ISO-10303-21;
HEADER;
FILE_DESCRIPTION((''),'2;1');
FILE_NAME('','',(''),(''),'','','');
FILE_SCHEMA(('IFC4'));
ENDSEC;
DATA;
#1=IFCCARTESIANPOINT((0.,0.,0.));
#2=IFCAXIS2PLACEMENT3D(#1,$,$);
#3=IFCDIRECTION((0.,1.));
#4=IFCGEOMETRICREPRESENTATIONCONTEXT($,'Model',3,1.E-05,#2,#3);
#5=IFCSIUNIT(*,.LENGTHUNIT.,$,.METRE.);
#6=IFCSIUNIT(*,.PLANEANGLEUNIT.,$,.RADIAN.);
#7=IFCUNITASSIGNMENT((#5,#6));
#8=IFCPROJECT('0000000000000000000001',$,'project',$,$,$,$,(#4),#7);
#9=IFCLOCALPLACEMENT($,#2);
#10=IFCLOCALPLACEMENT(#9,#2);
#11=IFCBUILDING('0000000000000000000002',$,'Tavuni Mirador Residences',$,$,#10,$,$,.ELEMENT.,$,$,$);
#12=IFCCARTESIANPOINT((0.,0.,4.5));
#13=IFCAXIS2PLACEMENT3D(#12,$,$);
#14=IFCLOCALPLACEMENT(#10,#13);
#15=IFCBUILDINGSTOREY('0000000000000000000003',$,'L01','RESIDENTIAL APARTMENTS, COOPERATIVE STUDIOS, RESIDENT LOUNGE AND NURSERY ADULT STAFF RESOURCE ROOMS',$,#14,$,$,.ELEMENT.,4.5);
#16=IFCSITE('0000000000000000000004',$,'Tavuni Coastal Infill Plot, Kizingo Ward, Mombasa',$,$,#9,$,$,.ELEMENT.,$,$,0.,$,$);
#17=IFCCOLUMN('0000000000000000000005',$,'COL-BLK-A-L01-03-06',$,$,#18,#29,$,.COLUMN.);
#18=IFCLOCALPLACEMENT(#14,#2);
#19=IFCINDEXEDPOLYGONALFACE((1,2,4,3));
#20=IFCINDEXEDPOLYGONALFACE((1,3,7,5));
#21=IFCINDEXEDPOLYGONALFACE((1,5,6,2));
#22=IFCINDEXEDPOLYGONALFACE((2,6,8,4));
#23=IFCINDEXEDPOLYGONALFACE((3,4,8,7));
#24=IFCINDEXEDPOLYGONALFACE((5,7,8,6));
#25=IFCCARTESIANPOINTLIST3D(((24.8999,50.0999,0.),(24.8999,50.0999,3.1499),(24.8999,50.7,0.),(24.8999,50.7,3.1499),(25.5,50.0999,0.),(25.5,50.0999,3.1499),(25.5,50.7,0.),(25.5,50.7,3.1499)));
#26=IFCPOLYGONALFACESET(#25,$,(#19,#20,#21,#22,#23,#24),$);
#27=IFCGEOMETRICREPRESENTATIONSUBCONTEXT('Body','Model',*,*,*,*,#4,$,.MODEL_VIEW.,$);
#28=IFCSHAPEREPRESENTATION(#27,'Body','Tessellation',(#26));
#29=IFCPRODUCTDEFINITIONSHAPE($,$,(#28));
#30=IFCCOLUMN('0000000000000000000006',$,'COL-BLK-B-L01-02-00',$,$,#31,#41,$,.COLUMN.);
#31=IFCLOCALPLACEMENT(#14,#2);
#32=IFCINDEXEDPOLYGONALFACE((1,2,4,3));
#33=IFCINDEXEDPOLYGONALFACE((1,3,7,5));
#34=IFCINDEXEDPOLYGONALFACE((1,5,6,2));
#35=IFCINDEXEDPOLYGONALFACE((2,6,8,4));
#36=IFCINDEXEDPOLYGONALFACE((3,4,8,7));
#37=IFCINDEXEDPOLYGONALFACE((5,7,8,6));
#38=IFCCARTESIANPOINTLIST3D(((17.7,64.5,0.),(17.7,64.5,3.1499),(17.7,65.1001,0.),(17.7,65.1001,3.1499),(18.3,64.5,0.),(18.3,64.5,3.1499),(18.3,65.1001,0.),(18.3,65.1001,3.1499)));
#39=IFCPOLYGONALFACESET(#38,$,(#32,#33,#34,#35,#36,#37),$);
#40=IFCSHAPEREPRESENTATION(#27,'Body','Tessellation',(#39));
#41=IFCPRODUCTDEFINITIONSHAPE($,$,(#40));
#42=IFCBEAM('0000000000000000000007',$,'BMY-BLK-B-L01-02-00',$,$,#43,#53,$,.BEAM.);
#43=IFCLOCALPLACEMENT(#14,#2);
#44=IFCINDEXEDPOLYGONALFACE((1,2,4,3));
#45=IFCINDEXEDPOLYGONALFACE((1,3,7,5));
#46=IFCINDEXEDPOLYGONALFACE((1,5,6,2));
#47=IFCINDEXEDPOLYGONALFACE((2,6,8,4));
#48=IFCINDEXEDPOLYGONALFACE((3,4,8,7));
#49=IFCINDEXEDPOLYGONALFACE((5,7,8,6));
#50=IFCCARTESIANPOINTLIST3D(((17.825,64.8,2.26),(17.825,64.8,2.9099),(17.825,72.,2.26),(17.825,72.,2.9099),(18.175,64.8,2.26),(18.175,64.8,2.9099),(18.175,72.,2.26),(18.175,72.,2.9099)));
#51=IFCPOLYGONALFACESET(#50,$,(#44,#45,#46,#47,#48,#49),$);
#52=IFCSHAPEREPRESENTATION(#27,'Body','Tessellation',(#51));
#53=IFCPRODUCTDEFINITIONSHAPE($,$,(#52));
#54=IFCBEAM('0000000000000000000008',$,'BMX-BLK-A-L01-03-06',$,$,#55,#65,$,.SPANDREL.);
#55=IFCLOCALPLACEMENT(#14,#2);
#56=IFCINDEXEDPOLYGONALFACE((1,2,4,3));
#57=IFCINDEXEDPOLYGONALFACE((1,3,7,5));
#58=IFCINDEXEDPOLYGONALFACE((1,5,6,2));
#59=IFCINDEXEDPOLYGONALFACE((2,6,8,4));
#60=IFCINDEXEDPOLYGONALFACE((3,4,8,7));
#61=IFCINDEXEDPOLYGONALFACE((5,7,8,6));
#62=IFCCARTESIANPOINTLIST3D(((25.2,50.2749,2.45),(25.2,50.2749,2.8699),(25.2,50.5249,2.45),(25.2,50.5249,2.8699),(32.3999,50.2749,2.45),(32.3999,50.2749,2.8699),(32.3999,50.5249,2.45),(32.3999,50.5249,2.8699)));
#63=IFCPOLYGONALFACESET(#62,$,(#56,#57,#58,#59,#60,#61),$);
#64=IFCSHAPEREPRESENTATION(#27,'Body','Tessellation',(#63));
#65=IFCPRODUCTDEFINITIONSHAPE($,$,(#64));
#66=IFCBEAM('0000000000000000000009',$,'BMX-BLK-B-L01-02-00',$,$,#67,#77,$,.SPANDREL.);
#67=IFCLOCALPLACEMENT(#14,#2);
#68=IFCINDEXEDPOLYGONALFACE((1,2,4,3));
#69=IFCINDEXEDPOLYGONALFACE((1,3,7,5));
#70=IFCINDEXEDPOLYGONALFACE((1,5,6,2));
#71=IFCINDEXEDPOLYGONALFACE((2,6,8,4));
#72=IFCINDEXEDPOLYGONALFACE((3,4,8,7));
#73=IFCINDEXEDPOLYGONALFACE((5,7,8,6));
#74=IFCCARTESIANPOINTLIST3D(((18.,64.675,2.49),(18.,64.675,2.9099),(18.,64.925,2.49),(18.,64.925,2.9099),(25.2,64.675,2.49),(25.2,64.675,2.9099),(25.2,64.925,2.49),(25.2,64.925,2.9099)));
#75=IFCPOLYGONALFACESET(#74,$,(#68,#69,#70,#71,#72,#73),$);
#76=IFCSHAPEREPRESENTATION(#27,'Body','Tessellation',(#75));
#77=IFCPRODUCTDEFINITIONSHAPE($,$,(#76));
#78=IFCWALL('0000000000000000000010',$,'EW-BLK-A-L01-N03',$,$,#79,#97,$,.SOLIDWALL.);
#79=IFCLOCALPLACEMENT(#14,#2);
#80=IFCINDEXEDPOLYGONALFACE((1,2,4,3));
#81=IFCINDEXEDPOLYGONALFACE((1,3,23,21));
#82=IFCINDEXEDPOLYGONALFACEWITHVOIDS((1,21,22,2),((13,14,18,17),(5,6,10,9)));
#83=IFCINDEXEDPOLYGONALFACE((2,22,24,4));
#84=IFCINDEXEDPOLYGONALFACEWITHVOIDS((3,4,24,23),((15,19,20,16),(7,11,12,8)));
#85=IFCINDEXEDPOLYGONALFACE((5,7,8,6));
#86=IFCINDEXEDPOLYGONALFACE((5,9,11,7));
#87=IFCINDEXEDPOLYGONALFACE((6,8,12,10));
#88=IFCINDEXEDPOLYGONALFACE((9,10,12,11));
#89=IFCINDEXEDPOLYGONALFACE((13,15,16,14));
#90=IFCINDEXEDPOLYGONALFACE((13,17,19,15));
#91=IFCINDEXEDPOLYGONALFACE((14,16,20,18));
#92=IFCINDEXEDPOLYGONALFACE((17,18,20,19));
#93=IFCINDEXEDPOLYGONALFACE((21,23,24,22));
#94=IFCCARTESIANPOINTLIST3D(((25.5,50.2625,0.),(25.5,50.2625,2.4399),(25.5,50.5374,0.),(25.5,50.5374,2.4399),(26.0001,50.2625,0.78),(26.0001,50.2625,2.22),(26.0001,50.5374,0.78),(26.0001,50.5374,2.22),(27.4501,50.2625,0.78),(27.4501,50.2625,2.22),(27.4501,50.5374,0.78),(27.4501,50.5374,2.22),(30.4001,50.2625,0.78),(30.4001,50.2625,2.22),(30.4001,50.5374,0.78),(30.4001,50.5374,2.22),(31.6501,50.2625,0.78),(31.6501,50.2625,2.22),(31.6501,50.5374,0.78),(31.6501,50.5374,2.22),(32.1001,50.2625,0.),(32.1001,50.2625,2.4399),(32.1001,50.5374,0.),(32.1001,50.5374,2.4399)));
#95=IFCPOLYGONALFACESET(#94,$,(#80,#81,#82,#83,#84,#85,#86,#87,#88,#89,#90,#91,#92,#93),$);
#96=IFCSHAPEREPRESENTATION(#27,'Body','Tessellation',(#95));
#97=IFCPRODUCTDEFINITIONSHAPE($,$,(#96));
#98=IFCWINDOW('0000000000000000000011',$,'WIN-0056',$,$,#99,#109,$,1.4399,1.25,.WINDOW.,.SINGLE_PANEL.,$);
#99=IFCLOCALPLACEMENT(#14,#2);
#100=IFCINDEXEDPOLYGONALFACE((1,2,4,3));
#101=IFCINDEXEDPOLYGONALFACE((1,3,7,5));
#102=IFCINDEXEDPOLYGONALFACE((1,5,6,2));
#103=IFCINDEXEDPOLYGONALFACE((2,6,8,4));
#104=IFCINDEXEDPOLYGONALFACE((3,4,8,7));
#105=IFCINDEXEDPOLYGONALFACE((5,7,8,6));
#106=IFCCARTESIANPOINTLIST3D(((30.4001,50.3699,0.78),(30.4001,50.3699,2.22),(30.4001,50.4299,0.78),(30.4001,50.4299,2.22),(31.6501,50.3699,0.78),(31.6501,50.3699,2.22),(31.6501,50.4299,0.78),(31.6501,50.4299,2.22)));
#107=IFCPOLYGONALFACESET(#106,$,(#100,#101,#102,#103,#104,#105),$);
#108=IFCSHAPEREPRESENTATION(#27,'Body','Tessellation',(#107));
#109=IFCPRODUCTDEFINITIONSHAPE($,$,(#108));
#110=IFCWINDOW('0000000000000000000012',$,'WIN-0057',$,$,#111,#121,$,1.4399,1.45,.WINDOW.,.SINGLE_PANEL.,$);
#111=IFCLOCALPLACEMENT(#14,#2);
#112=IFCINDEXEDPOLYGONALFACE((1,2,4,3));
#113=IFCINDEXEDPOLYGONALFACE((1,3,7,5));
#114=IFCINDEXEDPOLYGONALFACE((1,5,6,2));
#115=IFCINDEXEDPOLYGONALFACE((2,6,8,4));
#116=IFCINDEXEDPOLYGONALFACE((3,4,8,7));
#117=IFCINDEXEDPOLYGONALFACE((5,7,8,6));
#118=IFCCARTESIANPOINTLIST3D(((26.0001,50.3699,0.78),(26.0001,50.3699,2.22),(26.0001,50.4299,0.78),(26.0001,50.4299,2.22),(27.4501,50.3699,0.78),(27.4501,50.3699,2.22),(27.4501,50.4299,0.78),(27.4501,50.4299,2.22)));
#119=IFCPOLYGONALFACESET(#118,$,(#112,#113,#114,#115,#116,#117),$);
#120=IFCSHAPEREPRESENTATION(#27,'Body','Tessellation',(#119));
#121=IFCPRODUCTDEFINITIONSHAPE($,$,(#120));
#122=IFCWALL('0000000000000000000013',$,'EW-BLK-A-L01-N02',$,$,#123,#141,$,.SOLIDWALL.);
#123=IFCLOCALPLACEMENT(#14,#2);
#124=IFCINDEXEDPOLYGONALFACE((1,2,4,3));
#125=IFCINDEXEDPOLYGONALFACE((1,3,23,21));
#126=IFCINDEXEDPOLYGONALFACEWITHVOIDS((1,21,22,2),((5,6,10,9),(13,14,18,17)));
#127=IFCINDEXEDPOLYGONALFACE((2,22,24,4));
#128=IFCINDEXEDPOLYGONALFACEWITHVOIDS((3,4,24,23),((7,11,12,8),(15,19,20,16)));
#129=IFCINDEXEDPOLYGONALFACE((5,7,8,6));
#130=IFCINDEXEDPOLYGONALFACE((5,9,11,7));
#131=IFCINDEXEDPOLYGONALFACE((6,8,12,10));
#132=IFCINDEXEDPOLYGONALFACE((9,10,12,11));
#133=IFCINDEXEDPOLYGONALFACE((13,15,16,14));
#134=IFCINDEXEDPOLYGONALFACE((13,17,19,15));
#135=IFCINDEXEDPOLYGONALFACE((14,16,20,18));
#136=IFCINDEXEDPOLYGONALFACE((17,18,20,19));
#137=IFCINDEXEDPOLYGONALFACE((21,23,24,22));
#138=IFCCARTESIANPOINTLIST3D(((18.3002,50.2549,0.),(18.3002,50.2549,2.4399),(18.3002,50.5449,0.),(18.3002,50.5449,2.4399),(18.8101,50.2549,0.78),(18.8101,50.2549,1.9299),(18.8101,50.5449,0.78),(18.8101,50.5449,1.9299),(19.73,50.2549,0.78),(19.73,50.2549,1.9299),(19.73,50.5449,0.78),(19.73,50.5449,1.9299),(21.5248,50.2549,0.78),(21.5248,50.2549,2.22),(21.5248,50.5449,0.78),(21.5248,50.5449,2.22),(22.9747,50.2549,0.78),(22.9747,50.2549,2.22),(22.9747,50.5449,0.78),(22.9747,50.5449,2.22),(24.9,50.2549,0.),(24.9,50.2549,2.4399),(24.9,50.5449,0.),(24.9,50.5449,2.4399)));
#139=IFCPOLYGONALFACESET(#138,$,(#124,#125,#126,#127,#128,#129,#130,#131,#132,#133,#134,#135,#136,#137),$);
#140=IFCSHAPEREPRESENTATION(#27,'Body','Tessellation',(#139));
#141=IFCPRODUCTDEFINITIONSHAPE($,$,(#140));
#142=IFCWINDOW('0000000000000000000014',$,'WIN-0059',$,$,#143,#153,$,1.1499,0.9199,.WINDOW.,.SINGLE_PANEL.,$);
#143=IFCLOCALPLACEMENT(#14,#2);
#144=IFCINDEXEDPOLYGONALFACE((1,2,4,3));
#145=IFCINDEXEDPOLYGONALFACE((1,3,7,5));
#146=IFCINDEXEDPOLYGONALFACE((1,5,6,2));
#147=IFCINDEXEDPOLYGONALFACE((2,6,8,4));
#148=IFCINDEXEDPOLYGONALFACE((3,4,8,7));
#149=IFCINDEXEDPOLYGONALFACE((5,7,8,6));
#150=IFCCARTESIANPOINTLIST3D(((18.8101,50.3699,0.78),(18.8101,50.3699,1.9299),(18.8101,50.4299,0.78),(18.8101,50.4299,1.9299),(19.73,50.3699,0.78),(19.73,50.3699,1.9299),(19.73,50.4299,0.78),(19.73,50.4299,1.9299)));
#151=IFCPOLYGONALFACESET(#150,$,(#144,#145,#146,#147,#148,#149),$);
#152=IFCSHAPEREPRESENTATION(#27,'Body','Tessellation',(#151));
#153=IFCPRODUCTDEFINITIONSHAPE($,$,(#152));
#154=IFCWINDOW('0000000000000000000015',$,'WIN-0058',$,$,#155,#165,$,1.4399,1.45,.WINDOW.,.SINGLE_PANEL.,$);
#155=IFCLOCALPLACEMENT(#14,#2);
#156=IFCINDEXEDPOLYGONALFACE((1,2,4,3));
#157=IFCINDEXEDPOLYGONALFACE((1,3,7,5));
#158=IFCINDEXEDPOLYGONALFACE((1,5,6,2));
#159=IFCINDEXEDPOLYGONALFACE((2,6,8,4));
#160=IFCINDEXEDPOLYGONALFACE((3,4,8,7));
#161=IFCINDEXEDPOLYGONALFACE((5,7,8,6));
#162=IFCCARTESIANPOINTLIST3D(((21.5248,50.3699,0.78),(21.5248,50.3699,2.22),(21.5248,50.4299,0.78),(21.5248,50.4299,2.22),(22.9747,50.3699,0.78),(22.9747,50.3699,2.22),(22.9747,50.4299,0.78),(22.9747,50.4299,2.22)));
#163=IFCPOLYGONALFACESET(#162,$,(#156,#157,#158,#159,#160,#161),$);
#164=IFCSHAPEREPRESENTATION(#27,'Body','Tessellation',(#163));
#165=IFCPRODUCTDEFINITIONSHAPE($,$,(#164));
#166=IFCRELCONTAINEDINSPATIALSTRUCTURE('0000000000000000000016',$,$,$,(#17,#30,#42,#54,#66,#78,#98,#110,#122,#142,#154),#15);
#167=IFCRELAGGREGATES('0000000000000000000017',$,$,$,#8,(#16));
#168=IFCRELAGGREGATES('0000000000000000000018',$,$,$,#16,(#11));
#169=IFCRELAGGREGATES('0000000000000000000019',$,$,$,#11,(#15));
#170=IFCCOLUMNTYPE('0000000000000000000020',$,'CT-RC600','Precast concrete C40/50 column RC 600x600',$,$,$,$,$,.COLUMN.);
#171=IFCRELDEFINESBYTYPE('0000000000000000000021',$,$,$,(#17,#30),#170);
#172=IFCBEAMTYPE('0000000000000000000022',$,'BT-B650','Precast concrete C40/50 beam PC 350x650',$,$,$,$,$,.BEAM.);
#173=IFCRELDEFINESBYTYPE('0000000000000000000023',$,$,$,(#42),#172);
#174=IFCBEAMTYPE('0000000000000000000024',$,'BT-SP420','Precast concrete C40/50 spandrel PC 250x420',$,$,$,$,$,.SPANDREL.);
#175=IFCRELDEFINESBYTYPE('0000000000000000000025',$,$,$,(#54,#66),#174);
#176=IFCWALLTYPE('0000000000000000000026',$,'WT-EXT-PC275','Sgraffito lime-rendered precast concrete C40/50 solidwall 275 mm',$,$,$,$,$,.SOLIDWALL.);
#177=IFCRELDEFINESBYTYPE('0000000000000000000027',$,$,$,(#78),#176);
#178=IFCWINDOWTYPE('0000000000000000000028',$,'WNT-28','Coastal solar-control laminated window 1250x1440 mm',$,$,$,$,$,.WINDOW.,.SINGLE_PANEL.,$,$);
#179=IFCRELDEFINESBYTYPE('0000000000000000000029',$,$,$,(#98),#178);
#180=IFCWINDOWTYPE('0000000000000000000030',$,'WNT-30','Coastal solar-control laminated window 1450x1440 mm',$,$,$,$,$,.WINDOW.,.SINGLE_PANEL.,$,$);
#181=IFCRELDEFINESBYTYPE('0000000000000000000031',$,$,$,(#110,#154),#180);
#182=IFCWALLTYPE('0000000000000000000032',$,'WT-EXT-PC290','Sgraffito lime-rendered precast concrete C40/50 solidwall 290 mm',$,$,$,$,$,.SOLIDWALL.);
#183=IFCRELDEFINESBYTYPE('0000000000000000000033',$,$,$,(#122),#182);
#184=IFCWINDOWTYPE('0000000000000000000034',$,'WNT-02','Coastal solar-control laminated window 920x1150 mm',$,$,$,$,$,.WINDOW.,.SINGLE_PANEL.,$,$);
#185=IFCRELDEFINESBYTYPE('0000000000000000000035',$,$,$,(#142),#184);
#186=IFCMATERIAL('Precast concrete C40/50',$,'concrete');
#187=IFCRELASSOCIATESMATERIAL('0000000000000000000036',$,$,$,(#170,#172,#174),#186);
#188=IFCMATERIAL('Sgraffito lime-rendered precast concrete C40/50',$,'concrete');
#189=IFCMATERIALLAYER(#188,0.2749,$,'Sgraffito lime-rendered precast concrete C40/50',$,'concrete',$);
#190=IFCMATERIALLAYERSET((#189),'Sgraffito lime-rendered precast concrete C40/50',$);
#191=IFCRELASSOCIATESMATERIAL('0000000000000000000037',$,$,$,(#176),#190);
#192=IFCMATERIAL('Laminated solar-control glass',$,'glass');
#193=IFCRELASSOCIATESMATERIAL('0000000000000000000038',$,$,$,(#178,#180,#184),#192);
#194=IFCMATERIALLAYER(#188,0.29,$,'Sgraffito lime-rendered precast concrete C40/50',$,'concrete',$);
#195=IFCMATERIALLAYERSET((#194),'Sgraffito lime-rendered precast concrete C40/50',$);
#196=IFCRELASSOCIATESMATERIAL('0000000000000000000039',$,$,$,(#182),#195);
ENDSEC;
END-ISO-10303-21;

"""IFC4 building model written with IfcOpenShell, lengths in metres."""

from ifc_helpers import new_model, si_unit, direction, frame, frame_2d, origin, origin_2d, place, context, subcontext, project, spatial, rectangle, extrude, material, layer, layer_set, material_profile, profile_set, type_object, element, fill, save


model = new_model("IFC4")

# Units and contexts
model_context = context("Model", 3, precision=1e-05, world=origin(), true_north=direction((0.0, 1.0)))
body_context = subcontext(model_context, "Body", "Model", "MODEL_VIEW")
ifc_project = project(units=[si_unit("LENGTHUNIT", "METRE"), si_unit("PLANEANGLEUNIT", "RADIAN")], contexts=[model_context])

# Site, building, storey
site_placement = place(None, origin())
site = spatial("IfcSite", under=ifc_project, at=site_placement, Name="Tavuni Coastal Infill Plot, Kizingo Ward, Mombasa", CompositionType="ELEMENT", RefElevation=0.0)
building_placement = place(site_placement, origin())
building = spatial("IfcBuilding", under=site, at=building_placement, Name="Tavuni Mirador Residences", CompositionType="ELEMENT")
storey_placement = place(building_placement, frame((0.0, 0.0, 4.5)))
storey = spatial("IfcBuildingStorey", under=building, at=storey_placement, Name="L01", Description="RESIDENTIAL APARTMENTS, COOPERATIVE STUDIOS, RESIDENT LOUNGE AND NURSERY ADULT STAFF RESOURCE ROOMS", CompositionType="ELEMENT", Elevation=4.5)

# Columns
ifc_material_1 = material(Name="Precast concrete C40/50", Category="concrete")
ifc_material_profile_1 = material_profile(ifc_material_1, rectangle(XDim=0.6001, YDim=0.6001, at=origin_2d()), Name="RC 600x600", Category="concrete")
ifc_profile_set_1 = profile_set([ifc_material_profile_1], Name="Precast concrete C40/50")
column_type = type_object("IfcColumnType", Name="CT-RC600", Description="Precast concrete C40/50 column RC 600x600", PredefinedType="COLUMN", material=ifc_profile_set_1)
for number, where, z_axis, x_axis, name in (
    (1, (25.2, 50.3999, 0.0), (0.0, 0.0, 1.0), (1.0, 0.0, 0.0), "COL-BLK-A-L01-03-06"),
    (2, (18.0, 64.8, 0.0), (0.0, 0.0, 1.0), (1.0, 0.0, 0.0), "COL-BLK-B-L01-02-00"),
):
    element("IfcColumn", number, at=place(storey_placement, frame(where, z_axis=z_axis, x_axis=x_axis)), inside=storey, type_object=column_type, Name=name, PredefinedType="COLUMN", context=body_context, shape_type="SweptSolid", body=[
        extrude(rectangle(XDim=0.6001, YDim=0.6001, at=origin_2d()), origin(), (0.0, 0.0, 1.0), 3.1499),
    ])

# Beams
ifc_material_profile_2 = material_profile(ifc_material_1, rectangle(XDim=0.3501, YDim=0.6499, at=origin_2d()), Name="PC 350x650", Category="concrete")
ifc_profile_set_2 = profile_set([ifc_material_profile_2], Name="Precast concrete C40/50")
beam_type_1 = type_object("IfcBeamType", Name="BT-B650", Description="Precast concrete C40/50 beam PC 350x650", PredefinedType="BEAM", material=ifc_profile_set_2)
beam_placement = place(storey_placement, frame((18.0, 64.8, 2.585), z_axis=(0.0, 1.0, 0.0), x_axis=(-1.0, 0.0, 0.0)))
element("IfcBeam", 3, at=beam_placement, inside=storey, type_object=beam_type_1, Name="BMY-BLK-B-L01-02-00", PredefinedType="BEAM", context=body_context, shape_type="SweptSolid", body=[
    extrude(rectangle(XDim=0.3501, YDim=0.6499, at=origin_2d()), origin(), (0.0, 0.0, 1.0), 7.2),
])
ifc_material_profile_3 = material_profile(ifc_material_1, rectangle(XDim=0.25, YDim=0.4199, at=origin_2d()), Name="PC 250x420", Category="concrete")
ifc_profile_set_3 = profile_set([ifc_material_profile_3], Name="Precast concrete C40/50")
beam_type_2 = type_object("IfcBeamType", Name="BT-SP420", Description="Precast concrete C40/50 spandrel PC 250x420", PredefinedType="SPANDREL", material=ifc_profile_set_3)
for number, where, z_axis, x_axis, name in (
    (4, (25.2, 50.3999, 2.6599), (1.0, 0.0, 0.0), (0.0, 1.0, 0.0), "BMX-BLK-A-L01-03-06"),
    (5, (18.0, 64.8, 2.7), (1.0, 0.0, 0.0), (0.0, 1.0, 0.0), "BMX-BLK-B-L01-02-00"),
):
    element("IfcBeam", number, at=place(storey_placement, frame(where, z_axis=z_axis, x_axis=x_axis)), inside=storey, type_object=beam_type_2, Name=name, PredefinedType="SPANDREL", context=body_context, shape_type="SweptSolid", body=[
        extrude(rectangle(XDim=0.25, YDim=0.4199, at=origin_2d()), origin(), (0.0, 0.0, 1.0), 7.2),
    ])

# Walls, openings, windows
ifc_material_2 = material(Name="Sgraffito lime-rendered precast concrete C40/50", Category="concrete")
ifc_layer_1 = layer(ifc_material_2, 0.2749, Name="Sgraffito lime-rendered precast concrete C40/50", Category="concrete")
ifc_layer_set_1 = layer_set([ifc_layer_1], Name="Sgraffito lime-rendered precast concrete C40/50")
wall_type_1 = type_object("IfcWallType", Name="WT-EXT-PC275", Description="Sgraffito lime-rendered precast concrete C40/50 solidwall 275 mm", PredefinedType="SOLIDWALL", material=ifc_layer_set_1)
wall_1_placement = place(storey_placement, frame((32.1001, 50.3999, 0.0), z_axis=(0.0, 0.0, 1.0), x_axis=(-1.0, 0.0, 0.0)))
wall_1 = element("IfcWall", 6, at=wall_1_placement, inside=storey, type_object=wall_type_1, Name="EW-BLK-A-L01-N03", PredefinedType="SOLIDWALL", context=body_context, shape_type="SweptSolid", body=[
    extrude(rectangle(XDim=6.6001, YDim=0.2749, at=frame_2d((3.3, 0.0))), origin(), (0.0, 0.0, 1.0), 2.4399),
])
opening_1_placement = place(wall_1_placement, frame((0.45, 0.0, 0.78)))
opening_1 = element("IfcOpeningElement", 7, at=opening_1_placement, cuts=wall_1, PredefinedType="OPENING", context=body_context, shape_type="SweptSolid", body=[
    extrude(rectangle(XDim=1.25, YDim=1.4399, at=frame_2d((0.625, 0.72))), frame((0.0, 0.1475, 0.0), z_axis=(0.0, -1.0, 0.0), x_axis=(1.0, 0.0, 0.0)), (0.0, 0.0, 1.0), 0.2949),
])
opening_2_placement = place(wall_1_placement, frame((4.6499, 0.0, 0.78)))
opening_2 = element("IfcOpeningElement", 8, at=opening_2_placement, cuts=wall_1, PredefinedType="OPENING", context=body_context, shape_type="SweptSolid", body=[
    extrude(rectangle(XDim=1.45, YDim=1.4399, at=frame_2d((0.7251, 0.72))), frame((0.0, 0.1475, 0.0), z_axis=(0.0, -1.0, 0.0), x_axis=(1.0, 0.0, 0.0)), (0.0, 0.0, 1.0), 0.2949),
])
ifc_material_3 = material(Name="Laminated solar-control glass", Category="glass")
window_type_1 = type_object("IfcWindowType", Name="WNT-28", Description="Coastal solar-control laminated window 1250x1440 mm", PartitioningType="SINGLE_PANEL", PredefinedType="WINDOW", material=ifc_material_3)
window_1_placement = place(opening_1_placement, origin())
window_1 = element("IfcWindow", 9, at=window_1_placement, inside=storey, type_object=window_type_1, Name="WIN-0056", OverallHeight=1.4399, OverallWidth=1.25, PartitioningType="SINGLE_PANEL", PredefinedType="WINDOW", context=body_context, shape_type="SweptSolid", body=[
    extrude(rectangle(XDim=1.25, YDim=1.4399, at=frame_2d((0.625, 0.72))), frame((0.0, 0.03, 0.0), z_axis=(0.0, -1.0, 0.0), x_axis=(1.0, 0.0, 0.0)), (0.0, 0.0, 1.0), 0.0601),
])
fill(opening_1, window_1)
window_type_2 = type_object("IfcWindowType", Name="WNT-30", Description="Coastal solar-control laminated window 1450x1440 mm", PartitioningType="SINGLE_PANEL", PredefinedType="WINDOW", material=ifc_material_3)
window_2_placement = place(opening_2_placement, origin())
window_2 = element("IfcWindow", 10, at=window_2_placement, inside=storey, type_object=window_type_2, Name="WIN-0057", OverallHeight=1.4399, OverallWidth=1.45, PartitioningType="SINGLE_PANEL", PredefinedType="WINDOW", context=body_context, shape_type="SweptSolid", body=[
    extrude(rectangle(XDim=1.45, YDim=1.4399, at=frame_2d((0.7251, 0.72))), frame((0.0, 0.03, 0.0), z_axis=(0.0, -1.0, 0.0), x_axis=(1.0, 0.0, 0.0)), (0.0, 0.0, 1.0), 0.0601),
])
fill(opening_2, window_2)
ifc_layer_2 = layer(ifc_material_2, 0.29, Name="Sgraffito lime-rendered precast concrete C40/50", Category="concrete")
ifc_layer_set_2 = layer_set([ifc_layer_2], Name="Sgraffito lime-rendered precast concrete C40/50")
wall_type_2 = type_object("IfcWallType", Name="WT-EXT-PC290", Description="Sgraffito lime-rendered precast concrete C40/50 solidwall 290 mm", PredefinedType="SOLIDWALL", material=ifc_layer_set_2)
wall_2_placement = place(storey_placement, frame((24.8999, 50.3999, 0.0), z_axis=(0.0, 0.0, 1.0), x_axis=(-1.0, 0.0, 0.0)))
wall_2 = element("IfcWall", 11, at=wall_2_placement, inside=storey, type_object=wall_type_2, Name="EW-BLK-A-L01-N02", PredefinedType="SOLIDWALL", context=body_context, shape_type="SweptSolid", body=[
    extrude(rectangle(XDim=6.5999, YDim=0.29, at=frame_2d((3.2998, 0.0))), origin(), (0.0, 0.0, 1.0), 2.4399),
])
opening_3_placement = place(wall_2_placement, frame((1.925, 0.0, 0.78)))
opening_3 = element("IfcOpeningElement", 12, at=opening_3_placement, cuts=wall_2, PredefinedType="OPENING", context=body_context, shape_type="SweptSolid", body=[
    extrude(rectangle(XDim=1.45, YDim=1.4399, at=frame_2d((0.7251, 0.72))), frame((0.0, 0.155, 0.0), z_axis=(0.0, -1.0, 0.0), x_axis=(1.0, 0.0, 0.0)), (0.0, 0.0, 1.0), 0.3101),
])
opening_4_placement = place(wall_2_placement, frame((5.1699, 0.0, 0.78)))
opening_4 = element("IfcOpeningElement", 13, at=opening_4_placement, cuts=wall_2, PredefinedType="OPENING", context=body_context, shape_type="SweptSolid", body=[
    extrude(rectangle(XDim=0.9199, YDim=1.1499, at=frame_2d((0.46, 0.575))), frame((0.0, 0.155, 0.0), z_axis=(0.0, -1.0, 0.0), x_axis=(1.0, 0.0, 0.0)), (0.0, 0.0, 1.0), 0.3101),
])
window_type_3 = type_object("IfcWindowType", Name="WNT-02", Description="Coastal solar-control laminated window 920x1150 mm", PartitioningType="SINGLE_PANEL", PredefinedType="WINDOW", material=ifc_material_3)
window_3_placement = place(opening_4_placement, origin())
window_3 = element("IfcWindow", 14, at=window_3_placement, inside=storey, type_object=window_type_3, Name="WIN-0059", OverallHeight=1.1499, OverallWidth=0.9199, PartitioningType="SINGLE_PANEL", PredefinedType="WINDOW", context=body_context, shape_type="SweptSolid", body=[
    extrude(rectangle(XDim=0.9199, YDim=1.1499, at=frame_2d((0.46, 0.575))), frame((0.0, 0.03, 0.0), z_axis=(0.0, -1.0, 0.0), x_axis=(1.0, 0.0, 0.0)), (0.0, 0.0, 1.0), 0.0601),
])
fill(opening_4, window_3)
window_4_placement = place(opening_3_placement, origin())
window_4 = element("IfcWindow", 15, at=window_4_placement, inside=storey, type_object=window_type_2, Name="WIN-0058", OverallHeight=1.4399, OverallWidth=1.45, PartitioningType="SINGLE_PANEL", PredefinedType="WINDOW", context=body_context, shape_type="SweptSolid", body=[
    extrude(rectangle(XDim=1.45, YDim=1.4399, at=frame_2d((0.7251, 0.72))), frame((0.0, 0.03, 0.0), z_axis=(0.0, -1.0, 0.0), x_axis=(1.0, 0.0, 0.0)), (0.0, 0.0, 1.0), 0.0601),
])
fill(opening_3, window_4)

save(model, "model.ifc")
